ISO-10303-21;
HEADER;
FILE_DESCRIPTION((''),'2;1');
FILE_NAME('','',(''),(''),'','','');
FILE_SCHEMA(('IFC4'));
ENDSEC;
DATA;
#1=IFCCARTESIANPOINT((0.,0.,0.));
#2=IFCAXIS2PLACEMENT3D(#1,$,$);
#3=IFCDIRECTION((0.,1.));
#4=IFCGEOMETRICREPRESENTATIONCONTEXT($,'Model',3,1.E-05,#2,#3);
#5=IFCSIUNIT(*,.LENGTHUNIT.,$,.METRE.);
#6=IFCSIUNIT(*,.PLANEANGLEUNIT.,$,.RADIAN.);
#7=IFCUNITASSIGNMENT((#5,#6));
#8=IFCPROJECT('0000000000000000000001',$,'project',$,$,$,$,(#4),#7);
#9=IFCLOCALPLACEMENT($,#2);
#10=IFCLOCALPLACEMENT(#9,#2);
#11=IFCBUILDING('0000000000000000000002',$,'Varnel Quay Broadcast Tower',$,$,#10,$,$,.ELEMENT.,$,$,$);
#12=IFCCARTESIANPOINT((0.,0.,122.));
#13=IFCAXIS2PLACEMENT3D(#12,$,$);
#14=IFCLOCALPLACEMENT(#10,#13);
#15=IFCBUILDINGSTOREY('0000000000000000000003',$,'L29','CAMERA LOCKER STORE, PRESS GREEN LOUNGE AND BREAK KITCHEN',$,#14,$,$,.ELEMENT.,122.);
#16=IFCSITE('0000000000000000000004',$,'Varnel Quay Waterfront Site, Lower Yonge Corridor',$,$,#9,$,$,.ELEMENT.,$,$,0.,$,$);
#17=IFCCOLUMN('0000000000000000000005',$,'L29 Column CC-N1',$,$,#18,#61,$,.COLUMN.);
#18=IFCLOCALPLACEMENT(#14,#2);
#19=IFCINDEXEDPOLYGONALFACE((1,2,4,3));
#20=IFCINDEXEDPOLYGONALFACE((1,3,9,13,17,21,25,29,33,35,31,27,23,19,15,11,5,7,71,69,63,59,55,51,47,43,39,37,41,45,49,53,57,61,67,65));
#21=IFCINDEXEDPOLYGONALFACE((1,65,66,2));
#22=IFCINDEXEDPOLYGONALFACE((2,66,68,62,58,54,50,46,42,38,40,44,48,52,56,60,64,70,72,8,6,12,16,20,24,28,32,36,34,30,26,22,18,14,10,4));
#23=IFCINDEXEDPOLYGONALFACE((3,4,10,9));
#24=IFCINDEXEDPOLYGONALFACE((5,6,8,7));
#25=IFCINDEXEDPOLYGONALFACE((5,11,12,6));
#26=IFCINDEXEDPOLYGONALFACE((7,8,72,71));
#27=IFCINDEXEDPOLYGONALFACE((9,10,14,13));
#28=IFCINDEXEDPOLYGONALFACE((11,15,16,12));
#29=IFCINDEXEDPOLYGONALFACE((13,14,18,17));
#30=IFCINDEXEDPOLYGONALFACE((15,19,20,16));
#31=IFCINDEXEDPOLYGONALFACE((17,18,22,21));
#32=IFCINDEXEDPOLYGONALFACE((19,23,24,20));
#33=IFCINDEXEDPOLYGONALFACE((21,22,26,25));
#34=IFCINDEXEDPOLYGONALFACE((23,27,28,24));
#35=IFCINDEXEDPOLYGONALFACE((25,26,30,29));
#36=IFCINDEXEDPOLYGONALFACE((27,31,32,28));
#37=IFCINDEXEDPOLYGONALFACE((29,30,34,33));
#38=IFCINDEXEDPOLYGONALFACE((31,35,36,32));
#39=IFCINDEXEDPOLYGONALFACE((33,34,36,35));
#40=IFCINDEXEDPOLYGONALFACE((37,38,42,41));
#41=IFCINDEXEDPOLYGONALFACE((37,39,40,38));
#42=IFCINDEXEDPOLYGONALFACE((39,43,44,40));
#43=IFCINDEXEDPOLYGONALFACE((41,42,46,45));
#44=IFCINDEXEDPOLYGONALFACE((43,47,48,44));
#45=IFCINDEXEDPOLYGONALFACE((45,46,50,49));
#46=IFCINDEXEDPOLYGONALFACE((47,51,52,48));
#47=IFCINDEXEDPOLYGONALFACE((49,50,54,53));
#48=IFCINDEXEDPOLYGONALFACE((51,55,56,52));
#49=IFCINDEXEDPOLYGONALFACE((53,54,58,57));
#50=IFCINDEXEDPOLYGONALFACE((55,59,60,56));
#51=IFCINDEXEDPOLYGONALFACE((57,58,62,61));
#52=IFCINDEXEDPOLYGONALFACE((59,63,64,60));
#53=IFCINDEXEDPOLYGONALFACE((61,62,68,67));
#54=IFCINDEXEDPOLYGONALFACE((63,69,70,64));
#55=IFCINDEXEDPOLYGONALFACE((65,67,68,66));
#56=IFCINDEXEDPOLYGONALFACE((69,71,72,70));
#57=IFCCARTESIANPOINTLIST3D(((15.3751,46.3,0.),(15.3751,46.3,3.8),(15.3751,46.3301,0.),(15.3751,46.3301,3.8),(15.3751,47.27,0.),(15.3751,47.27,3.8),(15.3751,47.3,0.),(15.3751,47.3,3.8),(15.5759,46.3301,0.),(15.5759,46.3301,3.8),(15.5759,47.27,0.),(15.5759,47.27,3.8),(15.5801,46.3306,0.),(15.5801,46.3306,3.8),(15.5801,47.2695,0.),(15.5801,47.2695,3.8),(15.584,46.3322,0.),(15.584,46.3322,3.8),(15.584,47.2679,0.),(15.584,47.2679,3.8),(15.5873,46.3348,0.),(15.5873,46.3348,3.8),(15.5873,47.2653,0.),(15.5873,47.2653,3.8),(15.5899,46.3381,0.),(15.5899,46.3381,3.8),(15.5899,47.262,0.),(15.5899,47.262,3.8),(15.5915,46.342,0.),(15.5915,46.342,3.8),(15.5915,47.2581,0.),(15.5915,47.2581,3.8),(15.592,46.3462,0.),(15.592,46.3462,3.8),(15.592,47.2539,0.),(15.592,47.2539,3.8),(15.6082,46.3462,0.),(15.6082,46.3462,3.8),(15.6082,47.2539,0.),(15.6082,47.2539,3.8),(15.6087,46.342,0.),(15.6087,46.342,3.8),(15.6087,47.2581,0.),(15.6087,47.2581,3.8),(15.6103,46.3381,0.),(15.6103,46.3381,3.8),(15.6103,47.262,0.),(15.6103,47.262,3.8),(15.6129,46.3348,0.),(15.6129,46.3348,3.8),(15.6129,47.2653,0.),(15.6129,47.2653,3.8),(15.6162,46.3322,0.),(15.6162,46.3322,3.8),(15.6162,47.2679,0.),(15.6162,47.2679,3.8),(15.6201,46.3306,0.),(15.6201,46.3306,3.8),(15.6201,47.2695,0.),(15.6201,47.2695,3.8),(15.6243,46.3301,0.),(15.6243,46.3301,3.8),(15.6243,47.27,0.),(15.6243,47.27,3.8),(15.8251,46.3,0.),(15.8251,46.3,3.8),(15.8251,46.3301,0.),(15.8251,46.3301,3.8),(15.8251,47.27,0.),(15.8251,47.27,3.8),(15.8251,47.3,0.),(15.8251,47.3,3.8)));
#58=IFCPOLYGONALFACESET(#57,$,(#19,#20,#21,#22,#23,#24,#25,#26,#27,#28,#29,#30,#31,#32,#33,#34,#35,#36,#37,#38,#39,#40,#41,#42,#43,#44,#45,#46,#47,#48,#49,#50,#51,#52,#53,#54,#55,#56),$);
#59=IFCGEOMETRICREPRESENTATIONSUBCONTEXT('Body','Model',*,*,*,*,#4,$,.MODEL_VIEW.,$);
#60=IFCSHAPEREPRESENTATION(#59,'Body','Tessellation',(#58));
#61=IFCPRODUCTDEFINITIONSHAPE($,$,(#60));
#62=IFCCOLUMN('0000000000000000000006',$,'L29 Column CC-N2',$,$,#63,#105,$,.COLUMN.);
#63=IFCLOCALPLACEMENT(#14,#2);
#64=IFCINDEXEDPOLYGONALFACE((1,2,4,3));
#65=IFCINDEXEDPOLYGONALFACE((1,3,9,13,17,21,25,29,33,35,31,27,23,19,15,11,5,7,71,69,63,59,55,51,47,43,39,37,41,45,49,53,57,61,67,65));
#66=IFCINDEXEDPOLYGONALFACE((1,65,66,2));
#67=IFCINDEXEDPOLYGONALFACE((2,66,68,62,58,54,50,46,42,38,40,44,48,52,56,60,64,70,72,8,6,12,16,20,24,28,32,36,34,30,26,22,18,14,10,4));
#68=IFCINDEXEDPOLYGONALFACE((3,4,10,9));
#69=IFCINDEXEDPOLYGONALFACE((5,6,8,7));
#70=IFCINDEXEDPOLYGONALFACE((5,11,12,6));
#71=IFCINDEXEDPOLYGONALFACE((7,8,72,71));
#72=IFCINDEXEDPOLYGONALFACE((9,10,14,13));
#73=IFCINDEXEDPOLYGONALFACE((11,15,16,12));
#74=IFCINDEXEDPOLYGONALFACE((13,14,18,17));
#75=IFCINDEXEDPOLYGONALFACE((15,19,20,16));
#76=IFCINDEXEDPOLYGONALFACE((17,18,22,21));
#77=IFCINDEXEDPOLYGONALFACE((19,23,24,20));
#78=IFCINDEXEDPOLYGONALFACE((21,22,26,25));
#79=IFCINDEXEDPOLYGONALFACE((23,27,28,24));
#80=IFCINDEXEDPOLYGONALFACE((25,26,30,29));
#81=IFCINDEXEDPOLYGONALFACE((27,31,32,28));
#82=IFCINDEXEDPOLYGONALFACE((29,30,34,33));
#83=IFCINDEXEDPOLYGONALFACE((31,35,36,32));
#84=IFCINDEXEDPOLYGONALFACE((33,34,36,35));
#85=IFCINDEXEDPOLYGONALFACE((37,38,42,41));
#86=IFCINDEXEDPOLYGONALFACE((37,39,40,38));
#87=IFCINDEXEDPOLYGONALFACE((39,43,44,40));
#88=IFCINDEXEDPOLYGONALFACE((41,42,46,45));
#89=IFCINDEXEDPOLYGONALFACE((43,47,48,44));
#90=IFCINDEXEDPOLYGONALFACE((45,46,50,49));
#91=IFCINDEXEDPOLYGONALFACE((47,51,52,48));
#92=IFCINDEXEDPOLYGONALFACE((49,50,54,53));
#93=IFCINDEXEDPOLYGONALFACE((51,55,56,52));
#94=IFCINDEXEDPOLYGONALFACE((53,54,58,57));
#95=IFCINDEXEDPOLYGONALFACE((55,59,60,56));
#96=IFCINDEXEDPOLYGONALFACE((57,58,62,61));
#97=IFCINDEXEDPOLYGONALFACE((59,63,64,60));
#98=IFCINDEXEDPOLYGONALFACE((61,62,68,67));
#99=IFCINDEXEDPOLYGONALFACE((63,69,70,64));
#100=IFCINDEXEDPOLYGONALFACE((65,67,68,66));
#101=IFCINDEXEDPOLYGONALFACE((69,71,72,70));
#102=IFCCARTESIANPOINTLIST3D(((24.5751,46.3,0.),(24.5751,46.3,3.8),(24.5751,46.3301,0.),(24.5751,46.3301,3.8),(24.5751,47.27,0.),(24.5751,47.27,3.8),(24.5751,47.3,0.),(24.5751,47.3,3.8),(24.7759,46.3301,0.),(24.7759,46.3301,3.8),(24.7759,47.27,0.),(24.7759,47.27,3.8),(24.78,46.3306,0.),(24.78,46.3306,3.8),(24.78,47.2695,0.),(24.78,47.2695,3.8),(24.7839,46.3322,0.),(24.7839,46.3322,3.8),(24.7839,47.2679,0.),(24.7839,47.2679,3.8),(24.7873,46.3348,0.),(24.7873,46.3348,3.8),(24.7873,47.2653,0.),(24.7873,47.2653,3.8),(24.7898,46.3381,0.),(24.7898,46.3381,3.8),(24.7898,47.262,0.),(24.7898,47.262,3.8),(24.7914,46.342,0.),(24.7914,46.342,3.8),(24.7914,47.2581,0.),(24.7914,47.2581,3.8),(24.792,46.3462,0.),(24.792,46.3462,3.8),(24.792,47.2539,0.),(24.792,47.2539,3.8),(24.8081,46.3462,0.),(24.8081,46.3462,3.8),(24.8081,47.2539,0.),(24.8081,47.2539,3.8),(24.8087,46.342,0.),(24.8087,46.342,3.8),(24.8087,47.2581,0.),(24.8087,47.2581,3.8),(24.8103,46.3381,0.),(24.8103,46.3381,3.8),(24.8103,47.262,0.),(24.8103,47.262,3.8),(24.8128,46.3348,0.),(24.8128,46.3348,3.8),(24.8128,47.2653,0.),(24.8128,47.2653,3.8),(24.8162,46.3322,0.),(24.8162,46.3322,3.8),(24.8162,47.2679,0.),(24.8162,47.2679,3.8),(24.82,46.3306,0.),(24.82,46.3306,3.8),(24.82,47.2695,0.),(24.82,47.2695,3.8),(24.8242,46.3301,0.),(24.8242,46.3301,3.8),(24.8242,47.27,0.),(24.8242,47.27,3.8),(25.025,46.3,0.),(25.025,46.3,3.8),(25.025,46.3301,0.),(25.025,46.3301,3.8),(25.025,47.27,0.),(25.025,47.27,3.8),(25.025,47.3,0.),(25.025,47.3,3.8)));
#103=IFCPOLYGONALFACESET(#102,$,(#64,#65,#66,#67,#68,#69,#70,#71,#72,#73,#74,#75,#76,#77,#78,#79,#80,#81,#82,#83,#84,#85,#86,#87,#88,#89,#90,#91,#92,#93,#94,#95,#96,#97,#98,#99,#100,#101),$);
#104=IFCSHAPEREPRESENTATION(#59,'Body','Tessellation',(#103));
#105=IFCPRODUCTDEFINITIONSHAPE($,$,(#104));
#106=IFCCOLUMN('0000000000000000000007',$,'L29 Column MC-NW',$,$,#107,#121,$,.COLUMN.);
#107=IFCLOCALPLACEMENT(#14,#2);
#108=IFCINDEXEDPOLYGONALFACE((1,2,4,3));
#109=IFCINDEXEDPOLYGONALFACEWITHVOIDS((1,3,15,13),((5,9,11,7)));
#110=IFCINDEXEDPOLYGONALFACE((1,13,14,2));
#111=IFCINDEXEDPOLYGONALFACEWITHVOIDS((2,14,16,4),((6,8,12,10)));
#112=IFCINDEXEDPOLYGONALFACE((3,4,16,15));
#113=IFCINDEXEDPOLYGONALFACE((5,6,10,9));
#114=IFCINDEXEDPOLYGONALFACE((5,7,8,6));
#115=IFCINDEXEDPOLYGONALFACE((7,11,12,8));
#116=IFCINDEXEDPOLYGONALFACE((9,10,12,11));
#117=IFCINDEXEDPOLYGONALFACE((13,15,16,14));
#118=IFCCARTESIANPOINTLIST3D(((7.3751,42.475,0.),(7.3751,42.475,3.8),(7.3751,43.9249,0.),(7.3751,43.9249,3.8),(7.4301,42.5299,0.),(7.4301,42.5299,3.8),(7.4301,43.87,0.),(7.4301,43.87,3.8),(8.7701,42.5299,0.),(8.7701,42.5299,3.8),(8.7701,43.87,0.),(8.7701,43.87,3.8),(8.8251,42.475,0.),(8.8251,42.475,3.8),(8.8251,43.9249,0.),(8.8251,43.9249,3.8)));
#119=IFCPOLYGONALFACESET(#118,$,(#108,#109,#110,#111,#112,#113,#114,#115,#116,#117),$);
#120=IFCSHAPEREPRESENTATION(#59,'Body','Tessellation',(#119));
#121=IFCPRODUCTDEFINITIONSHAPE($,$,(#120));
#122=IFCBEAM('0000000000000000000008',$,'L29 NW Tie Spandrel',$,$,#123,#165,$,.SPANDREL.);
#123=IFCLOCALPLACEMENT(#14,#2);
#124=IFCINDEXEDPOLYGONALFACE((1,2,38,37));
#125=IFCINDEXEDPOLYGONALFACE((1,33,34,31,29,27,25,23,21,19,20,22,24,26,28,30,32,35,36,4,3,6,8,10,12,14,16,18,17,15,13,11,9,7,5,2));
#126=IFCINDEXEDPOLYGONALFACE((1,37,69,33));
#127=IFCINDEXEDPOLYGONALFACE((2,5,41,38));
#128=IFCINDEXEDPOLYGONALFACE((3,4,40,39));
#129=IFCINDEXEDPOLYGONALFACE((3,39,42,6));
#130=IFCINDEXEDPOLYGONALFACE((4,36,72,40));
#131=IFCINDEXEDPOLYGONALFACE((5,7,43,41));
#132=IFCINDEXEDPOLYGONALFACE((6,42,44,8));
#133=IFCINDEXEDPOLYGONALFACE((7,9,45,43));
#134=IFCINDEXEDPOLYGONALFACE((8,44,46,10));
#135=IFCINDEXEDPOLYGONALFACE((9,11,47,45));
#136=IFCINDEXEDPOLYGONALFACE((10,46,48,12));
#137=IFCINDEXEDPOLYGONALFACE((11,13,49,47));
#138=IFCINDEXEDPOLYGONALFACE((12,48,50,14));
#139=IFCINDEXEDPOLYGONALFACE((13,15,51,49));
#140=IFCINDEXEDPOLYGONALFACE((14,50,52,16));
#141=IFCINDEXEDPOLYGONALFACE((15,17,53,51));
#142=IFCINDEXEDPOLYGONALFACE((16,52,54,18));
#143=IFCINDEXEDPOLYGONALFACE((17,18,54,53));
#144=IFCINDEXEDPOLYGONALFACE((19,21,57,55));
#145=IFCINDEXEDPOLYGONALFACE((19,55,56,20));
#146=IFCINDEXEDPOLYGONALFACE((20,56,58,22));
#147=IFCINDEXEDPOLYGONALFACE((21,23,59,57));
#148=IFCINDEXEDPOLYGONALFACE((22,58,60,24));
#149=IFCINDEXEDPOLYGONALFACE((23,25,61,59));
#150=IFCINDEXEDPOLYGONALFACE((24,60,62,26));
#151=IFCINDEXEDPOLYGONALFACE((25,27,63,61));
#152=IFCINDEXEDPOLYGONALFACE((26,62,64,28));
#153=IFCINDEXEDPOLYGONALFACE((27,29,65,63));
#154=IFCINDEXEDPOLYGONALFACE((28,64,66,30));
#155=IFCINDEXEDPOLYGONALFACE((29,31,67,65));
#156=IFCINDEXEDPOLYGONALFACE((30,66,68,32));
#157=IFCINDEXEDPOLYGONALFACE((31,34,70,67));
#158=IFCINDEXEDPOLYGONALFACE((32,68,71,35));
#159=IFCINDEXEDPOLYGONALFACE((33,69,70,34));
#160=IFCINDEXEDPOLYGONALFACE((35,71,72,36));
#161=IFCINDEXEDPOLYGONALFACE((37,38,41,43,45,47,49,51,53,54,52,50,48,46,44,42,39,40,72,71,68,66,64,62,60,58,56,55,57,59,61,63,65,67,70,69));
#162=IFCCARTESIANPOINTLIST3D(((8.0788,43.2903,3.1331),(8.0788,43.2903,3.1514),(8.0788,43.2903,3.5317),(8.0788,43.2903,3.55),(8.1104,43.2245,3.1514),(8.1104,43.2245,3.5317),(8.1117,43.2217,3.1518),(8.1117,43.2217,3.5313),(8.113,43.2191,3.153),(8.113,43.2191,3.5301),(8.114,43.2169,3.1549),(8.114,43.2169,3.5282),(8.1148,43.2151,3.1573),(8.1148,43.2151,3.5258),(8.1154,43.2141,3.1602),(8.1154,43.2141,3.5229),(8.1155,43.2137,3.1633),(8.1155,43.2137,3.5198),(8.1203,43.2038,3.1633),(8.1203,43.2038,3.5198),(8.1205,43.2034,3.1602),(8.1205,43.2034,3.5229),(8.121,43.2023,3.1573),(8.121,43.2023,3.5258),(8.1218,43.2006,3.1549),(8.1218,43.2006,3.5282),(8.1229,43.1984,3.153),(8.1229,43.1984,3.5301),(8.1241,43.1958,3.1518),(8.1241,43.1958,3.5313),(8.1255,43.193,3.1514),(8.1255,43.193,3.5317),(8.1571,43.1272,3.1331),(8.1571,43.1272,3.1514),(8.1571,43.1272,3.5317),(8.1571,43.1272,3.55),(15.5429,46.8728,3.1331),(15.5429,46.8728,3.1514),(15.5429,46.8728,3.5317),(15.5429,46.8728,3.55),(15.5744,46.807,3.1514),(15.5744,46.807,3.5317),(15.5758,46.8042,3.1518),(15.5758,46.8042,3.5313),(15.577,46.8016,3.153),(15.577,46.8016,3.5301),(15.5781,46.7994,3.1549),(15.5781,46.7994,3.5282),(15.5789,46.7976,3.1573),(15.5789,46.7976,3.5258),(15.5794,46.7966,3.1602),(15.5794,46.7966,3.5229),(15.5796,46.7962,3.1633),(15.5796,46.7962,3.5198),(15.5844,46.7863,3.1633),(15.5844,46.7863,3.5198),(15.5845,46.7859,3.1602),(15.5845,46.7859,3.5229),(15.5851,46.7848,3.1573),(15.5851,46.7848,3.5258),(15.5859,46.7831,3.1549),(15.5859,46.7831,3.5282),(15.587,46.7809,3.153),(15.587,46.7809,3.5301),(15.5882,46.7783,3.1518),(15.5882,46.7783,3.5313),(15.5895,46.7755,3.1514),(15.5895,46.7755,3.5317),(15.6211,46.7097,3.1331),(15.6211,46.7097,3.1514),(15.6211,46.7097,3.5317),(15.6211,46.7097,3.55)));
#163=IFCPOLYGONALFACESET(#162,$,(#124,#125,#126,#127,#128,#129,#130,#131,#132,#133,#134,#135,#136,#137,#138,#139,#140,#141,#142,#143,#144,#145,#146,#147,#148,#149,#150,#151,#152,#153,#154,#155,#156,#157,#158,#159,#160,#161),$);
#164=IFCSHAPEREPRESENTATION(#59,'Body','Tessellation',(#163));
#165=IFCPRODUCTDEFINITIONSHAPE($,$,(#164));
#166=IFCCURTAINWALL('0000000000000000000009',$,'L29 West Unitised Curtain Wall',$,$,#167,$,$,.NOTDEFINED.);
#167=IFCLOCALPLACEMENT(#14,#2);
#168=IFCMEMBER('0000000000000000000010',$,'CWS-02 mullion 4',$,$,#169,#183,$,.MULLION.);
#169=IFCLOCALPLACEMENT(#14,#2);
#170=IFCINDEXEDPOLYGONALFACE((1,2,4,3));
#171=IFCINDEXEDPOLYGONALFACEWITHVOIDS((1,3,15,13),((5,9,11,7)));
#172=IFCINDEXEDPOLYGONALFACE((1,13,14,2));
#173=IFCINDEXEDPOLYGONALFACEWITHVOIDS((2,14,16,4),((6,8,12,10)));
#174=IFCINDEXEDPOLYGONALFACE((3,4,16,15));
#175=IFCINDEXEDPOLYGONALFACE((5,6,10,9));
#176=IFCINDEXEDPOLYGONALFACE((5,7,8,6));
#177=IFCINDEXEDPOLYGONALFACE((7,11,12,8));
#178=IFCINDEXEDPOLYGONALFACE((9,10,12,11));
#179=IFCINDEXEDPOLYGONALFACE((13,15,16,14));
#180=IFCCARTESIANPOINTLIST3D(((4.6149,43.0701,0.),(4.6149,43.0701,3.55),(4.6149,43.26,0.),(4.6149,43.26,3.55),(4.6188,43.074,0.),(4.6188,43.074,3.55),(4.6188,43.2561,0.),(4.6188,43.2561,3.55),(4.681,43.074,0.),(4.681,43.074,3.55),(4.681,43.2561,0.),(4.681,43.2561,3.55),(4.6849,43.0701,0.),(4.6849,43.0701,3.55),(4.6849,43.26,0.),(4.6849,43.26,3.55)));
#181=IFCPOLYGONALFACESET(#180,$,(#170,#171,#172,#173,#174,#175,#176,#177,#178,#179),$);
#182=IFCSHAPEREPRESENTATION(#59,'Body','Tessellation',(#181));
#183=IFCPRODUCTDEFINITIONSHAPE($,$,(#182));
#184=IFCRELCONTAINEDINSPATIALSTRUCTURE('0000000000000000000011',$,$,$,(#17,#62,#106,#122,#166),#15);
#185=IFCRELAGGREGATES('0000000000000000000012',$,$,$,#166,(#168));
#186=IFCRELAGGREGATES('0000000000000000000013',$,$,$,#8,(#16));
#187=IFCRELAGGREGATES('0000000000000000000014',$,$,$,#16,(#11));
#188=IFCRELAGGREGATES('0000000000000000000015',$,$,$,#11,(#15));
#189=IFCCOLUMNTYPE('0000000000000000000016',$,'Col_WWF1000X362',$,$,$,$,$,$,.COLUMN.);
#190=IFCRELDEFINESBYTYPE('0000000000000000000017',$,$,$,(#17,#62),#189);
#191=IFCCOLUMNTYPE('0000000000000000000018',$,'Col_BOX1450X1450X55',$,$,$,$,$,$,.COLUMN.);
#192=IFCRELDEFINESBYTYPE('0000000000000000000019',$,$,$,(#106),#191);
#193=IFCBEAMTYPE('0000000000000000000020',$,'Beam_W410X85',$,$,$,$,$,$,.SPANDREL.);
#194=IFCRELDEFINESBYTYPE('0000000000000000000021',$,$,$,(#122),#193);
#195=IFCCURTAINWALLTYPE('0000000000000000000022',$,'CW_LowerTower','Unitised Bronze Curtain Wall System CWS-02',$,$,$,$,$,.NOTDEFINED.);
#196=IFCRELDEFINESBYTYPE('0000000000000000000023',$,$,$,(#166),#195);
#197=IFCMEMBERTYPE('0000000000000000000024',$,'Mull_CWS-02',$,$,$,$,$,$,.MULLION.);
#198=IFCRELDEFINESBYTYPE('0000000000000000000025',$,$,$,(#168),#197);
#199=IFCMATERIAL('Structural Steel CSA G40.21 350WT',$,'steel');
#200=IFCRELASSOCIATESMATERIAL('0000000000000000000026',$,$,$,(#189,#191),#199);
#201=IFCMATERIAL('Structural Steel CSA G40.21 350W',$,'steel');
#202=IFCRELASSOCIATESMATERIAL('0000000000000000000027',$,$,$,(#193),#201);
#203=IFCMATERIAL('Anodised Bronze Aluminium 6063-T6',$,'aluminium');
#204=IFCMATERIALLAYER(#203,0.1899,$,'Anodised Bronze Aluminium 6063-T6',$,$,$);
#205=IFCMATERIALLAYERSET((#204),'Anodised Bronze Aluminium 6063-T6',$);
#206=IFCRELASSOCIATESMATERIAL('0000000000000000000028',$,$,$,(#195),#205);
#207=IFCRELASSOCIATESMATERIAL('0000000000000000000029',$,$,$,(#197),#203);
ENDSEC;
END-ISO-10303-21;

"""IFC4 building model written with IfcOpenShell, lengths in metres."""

from ifc_helpers import new_model, si_unit, direction, frame, origin, origin_2d, place, context, subcontext, project, spatial, hollow_rectangle, i_section, extrude, source, transform, mapped, material, layer, layer_set, material_profile, profile_set, type_object, type_shapes, element, aggregate, save


model = new_model("IFC4")

# Units and contexts
model_context = context("Model", 3, precision=1e-05, world=origin(), true_north=direction((0.0, 1.0)))
body_context = subcontext(model_context, "Body", "Model", "MODEL_VIEW")
ifc_project = project(units=[si_unit("LENGTHUNIT", "METRE"), si_unit("PLANEANGLEUNIT", "RADIAN")], contexts=[model_context])

# Site, building, storey
site_placement = place(None, origin())
site = spatial("IfcSite", under=ifc_project, at=site_placement, Name="Varnel Quay Waterfront Site, Lower Yonge Corridor", CompositionType="ELEMENT", RefElevation=0.0)
building_placement = place(site_placement, origin())
building = spatial("IfcBuilding", under=site, at=building_placement, Name="Varnel Quay Broadcast Tower", CompositionType="ELEMENT")
storey_placement = place(building_placement, frame((0.0, 0.0, 122.0)))
storey = spatial("IfcBuildingStorey", under=building, at=storey_placement, Name="L29", Description="CAMERA LOCKER STORE, PRESS GREEN LOUNGE AND BREAK KITCHEN", CompositionType="ELEMENT", Elevation=122.0)

# Columns
ifc_material_1 = material(Name="Structural Steel CSA G40.21 350WT", Category="steel")
ifc_material_profile_1 = material_profile(ifc_material_1, i_section(OverallWidth=0.45, OverallDepth=1.0, WebThickness=0.0161, FlangeThickness=0.03, FilletRadius=0.0161, at=origin_2d()), Name="WWF1000X362")
ifc_profile_set_1 = profile_set([ifc_material_profile_1], Name="Structural Steel CSA G40.21 350WT")
column_type_1 = type_object("IfcColumnType", Name="Col_WWF1000X362", PredefinedType="COLUMN", material=ifc_profile_set_1)
shared_shape_1 = source(origin(), body_context, "Body", "SweptSolid", [
    extrude(i_section(OverallWidth=0.45, OverallDepth=1.0, WebThickness=0.0161, FlangeThickness=0.03, FilletRadius=0.0161, at=origin_2d()), origin(), (0.0, 0.0, 1.0), 3.8),
])
type_shapes(column_type_1, [shared_shape_1])
for number, where, z_axis, x_axis, name in (
    (1, (15.6001, 46.8, 0.0), (0.0, 0.0, 1.0), (1.0, 0.0, 0.0), "L29 Column CC-N1"),
    (2, (24.8, 46.8, 0.0), (0.0, 0.0, 1.0), (1.0, 0.0, 0.0), "L29 Column CC-N2"),
):
    element("IfcColumn", number, at=place(storey_placement, frame(where, z_axis=z_axis, x_axis=x_axis)), inside=storey, type_object=column_type_1, Name=name, PredefinedType="COLUMN", context=body_context, shape_type="MappedRepresentation", body=[
        mapped(shared_shape_1, transform((0.0, 0.0, 0.0), x_axis=(1.0, 0.0, 0.0), y_axis=(0.0, 1.0, 0.0), z_axis=(0.0, 0.0, 1.0), scale=1.0)),
    ])
ifc_material_profile_2 = material_profile(ifc_material_1, hollow_rectangle(XDim=1.45, YDim=1.45, WallThickness=0.0549, at=origin_2d()), Name="BOX1450X1450X55")
ifc_profile_set_2 = profile_set([ifc_material_profile_2], Name="Structural Steel CSA G40.21 350WT")
column_type_2 = type_object("IfcColumnType", Name="Col_BOX1450X1450X55", PredefinedType="COLUMN", material=ifc_profile_set_2)
shared_shape_2 = source(origin(), body_context, "Body", "SweptSolid", [
    extrude(hollow_rectangle(XDim=1.45, YDim=1.45, WallThickness=0.0549, at=origin_2d()), origin(), (0.0, 0.0, 1.0), 3.8),
])
type_shapes(column_type_2, [shared_shape_2])
column_placement = place(storey_placement, frame((8.1001, 43.2, 0.0), z_axis=(0.0, 0.0, 1.0), x_axis=(1.0, 0.0, 0.0)))
element("IfcColumn", 3, at=column_placement, inside=storey, type_object=column_type_2, Name="L29 Column MC-NW", PredefinedType="COLUMN", context=body_context, shape_type="MappedRepresentation", body=[
    mapped(shared_shape_2, transform((0.0, 0.0, 0.0), x_axis=(1.0, 0.0, 0.0), y_axis=(0.0, 1.0, 0.0), z_axis=(0.0, 0.0, 1.0), scale=1.0)),
])

# Beam
ifc_material_2 = material(Name="Structural Steel CSA G40.21 350W", Category="steel")
ifc_material_profile_3 = material_profile(ifc_material_2, i_section(OverallWidth=0.1809, OverallDepth=0.417, WebThickness=0.011, FlangeThickness=0.0183, FilletRadius=0.012, at=origin_2d()), Name="W410X85")
ifc_profile_set_3 = profile_set([ifc_material_profile_3], Name="Structural Steel CSA G40.21 350W")
beam_type = type_object("IfcBeamType", Name="Beam_W410X85", PredefinedType="SPANDREL", material=ifc_profile_set_3)
shared_shape_3 = source(origin(), body_context, "Body", "SweptSolid", [
    extrude(i_section(OverallWidth=0.1809, OverallDepth=0.417, WebThickness=0.011, FlangeThickness=0.0183, FilletRadius=0.012, at=origin_2d()), origin(), (0.0, 0.0, 1.0), 8.2793),
])
type_shapes(beam_type, [shared_shape_3])
beam_placement = place(storey_placement, frame((8.1179, 43.2087, 3.3416), z_axis=(0.901535, 0.432706, 0.0), x_axis=(-0.432706, 0.901535, 0.0)))
element("IfcBeam", 4, at=beam_placement, inside=storey, type_object=beam_type, Name="L29 NW Tie Spandrel", PredefinedType="SPANDREL", context=body_context, shape_type="MappedRepresentation", body=[
    mapped(shared_shape_3, transform((0.0, 0.0, 0.0), x_axis=(1.0, 0.0, 0.0), y_axis=(0.0, 1.0, 0.0), z_axis=(0.0, 0.0, 1.0), scale=1.0)),
])

# Curtain wall, member
ifc_material_3 = material(Name="Anodised Bronze Aluminium 6063-T6", Category="aluminium")
ifc_layer_1 = layer(ifc_material_3, 0.1899, Name="Anodised Bronze Aluminium 6063-T6")
ifc_layer_set_1 = layer_set([ifc_layer_1], Name="Anodised Bronze Aluminium 6063-T6")
curtain_wall_type = type_object("IfcCurtainWallType", Name="CW_LowerTower", Description="Unitised Bronze Curtain Wall System CWS-02", PredefinedType="NOTDEFINED", material=ifc_layer_set_1)
curtain_wall_1_placement = place(storey_placement, origin())
curtain_wall_1 = element("IfcCurtainWall", 5, at=curtain_wall_1_placement, inside=storey, type_object=curtain_wall_type, Name="L29 West Unitised Curtain Wall", PredefinedType="NOTDEFINED")
ifc_material_profile_4 = material_profile(ifc_material_3, hollow_rectangle(XDim=0.0701, YDim=0.1899, WallThickness=0.0039, at=origin_2d()), Name="ALU70X190X4")
ifc_profile_set_4 = profile_set([ifc_material_profile_4], Name="Anodised Bronze Aluminium 6063-T6")
member_type_1 = type_object("IfcMemberType", Name="Mull_CWS-02", PredefinedType="MULLION", material=ifc_profile_set_4)
shared_shape_4 = source(origin(), body_context, "Body", "SweptSolid", [
    extrude(hollow_rectangle(XDim=0.0701, YDim=0.1899, WallThickness=0.0039, at=origin_2d()), origin(), (0.0, 0.0, 1.0), 3.55),
])
type_shapes(member_type_1, [shared_shape_4])
member_1_placement = place(storey_placement, frame((4.6499, 43.165, 0.0), z_axis=(0.0, 0.0, 1.0), x_axis=(-1.0, 0.0, 0.0)))
member_1 = element("IfcMember", 6, at=member_1_placement, type_object=member_type_1, Name="CWS-02 mullion 4", PredefinedType="MULLION", context=body_context, shape_type="MappedRepresentation", body=[
    mapped(shared_shape_4, transform((0.0, 0.0, 0.0), x_axis=(1.0, 0.0, 0.0), y_axis=(0.0, 1.0, 0.0), z_axis=(0.0, 0.0, 1.0), scale=1.0)),
])

aggregate(curtain_wall_1, [member_1])

save(model, "model.ifc")
